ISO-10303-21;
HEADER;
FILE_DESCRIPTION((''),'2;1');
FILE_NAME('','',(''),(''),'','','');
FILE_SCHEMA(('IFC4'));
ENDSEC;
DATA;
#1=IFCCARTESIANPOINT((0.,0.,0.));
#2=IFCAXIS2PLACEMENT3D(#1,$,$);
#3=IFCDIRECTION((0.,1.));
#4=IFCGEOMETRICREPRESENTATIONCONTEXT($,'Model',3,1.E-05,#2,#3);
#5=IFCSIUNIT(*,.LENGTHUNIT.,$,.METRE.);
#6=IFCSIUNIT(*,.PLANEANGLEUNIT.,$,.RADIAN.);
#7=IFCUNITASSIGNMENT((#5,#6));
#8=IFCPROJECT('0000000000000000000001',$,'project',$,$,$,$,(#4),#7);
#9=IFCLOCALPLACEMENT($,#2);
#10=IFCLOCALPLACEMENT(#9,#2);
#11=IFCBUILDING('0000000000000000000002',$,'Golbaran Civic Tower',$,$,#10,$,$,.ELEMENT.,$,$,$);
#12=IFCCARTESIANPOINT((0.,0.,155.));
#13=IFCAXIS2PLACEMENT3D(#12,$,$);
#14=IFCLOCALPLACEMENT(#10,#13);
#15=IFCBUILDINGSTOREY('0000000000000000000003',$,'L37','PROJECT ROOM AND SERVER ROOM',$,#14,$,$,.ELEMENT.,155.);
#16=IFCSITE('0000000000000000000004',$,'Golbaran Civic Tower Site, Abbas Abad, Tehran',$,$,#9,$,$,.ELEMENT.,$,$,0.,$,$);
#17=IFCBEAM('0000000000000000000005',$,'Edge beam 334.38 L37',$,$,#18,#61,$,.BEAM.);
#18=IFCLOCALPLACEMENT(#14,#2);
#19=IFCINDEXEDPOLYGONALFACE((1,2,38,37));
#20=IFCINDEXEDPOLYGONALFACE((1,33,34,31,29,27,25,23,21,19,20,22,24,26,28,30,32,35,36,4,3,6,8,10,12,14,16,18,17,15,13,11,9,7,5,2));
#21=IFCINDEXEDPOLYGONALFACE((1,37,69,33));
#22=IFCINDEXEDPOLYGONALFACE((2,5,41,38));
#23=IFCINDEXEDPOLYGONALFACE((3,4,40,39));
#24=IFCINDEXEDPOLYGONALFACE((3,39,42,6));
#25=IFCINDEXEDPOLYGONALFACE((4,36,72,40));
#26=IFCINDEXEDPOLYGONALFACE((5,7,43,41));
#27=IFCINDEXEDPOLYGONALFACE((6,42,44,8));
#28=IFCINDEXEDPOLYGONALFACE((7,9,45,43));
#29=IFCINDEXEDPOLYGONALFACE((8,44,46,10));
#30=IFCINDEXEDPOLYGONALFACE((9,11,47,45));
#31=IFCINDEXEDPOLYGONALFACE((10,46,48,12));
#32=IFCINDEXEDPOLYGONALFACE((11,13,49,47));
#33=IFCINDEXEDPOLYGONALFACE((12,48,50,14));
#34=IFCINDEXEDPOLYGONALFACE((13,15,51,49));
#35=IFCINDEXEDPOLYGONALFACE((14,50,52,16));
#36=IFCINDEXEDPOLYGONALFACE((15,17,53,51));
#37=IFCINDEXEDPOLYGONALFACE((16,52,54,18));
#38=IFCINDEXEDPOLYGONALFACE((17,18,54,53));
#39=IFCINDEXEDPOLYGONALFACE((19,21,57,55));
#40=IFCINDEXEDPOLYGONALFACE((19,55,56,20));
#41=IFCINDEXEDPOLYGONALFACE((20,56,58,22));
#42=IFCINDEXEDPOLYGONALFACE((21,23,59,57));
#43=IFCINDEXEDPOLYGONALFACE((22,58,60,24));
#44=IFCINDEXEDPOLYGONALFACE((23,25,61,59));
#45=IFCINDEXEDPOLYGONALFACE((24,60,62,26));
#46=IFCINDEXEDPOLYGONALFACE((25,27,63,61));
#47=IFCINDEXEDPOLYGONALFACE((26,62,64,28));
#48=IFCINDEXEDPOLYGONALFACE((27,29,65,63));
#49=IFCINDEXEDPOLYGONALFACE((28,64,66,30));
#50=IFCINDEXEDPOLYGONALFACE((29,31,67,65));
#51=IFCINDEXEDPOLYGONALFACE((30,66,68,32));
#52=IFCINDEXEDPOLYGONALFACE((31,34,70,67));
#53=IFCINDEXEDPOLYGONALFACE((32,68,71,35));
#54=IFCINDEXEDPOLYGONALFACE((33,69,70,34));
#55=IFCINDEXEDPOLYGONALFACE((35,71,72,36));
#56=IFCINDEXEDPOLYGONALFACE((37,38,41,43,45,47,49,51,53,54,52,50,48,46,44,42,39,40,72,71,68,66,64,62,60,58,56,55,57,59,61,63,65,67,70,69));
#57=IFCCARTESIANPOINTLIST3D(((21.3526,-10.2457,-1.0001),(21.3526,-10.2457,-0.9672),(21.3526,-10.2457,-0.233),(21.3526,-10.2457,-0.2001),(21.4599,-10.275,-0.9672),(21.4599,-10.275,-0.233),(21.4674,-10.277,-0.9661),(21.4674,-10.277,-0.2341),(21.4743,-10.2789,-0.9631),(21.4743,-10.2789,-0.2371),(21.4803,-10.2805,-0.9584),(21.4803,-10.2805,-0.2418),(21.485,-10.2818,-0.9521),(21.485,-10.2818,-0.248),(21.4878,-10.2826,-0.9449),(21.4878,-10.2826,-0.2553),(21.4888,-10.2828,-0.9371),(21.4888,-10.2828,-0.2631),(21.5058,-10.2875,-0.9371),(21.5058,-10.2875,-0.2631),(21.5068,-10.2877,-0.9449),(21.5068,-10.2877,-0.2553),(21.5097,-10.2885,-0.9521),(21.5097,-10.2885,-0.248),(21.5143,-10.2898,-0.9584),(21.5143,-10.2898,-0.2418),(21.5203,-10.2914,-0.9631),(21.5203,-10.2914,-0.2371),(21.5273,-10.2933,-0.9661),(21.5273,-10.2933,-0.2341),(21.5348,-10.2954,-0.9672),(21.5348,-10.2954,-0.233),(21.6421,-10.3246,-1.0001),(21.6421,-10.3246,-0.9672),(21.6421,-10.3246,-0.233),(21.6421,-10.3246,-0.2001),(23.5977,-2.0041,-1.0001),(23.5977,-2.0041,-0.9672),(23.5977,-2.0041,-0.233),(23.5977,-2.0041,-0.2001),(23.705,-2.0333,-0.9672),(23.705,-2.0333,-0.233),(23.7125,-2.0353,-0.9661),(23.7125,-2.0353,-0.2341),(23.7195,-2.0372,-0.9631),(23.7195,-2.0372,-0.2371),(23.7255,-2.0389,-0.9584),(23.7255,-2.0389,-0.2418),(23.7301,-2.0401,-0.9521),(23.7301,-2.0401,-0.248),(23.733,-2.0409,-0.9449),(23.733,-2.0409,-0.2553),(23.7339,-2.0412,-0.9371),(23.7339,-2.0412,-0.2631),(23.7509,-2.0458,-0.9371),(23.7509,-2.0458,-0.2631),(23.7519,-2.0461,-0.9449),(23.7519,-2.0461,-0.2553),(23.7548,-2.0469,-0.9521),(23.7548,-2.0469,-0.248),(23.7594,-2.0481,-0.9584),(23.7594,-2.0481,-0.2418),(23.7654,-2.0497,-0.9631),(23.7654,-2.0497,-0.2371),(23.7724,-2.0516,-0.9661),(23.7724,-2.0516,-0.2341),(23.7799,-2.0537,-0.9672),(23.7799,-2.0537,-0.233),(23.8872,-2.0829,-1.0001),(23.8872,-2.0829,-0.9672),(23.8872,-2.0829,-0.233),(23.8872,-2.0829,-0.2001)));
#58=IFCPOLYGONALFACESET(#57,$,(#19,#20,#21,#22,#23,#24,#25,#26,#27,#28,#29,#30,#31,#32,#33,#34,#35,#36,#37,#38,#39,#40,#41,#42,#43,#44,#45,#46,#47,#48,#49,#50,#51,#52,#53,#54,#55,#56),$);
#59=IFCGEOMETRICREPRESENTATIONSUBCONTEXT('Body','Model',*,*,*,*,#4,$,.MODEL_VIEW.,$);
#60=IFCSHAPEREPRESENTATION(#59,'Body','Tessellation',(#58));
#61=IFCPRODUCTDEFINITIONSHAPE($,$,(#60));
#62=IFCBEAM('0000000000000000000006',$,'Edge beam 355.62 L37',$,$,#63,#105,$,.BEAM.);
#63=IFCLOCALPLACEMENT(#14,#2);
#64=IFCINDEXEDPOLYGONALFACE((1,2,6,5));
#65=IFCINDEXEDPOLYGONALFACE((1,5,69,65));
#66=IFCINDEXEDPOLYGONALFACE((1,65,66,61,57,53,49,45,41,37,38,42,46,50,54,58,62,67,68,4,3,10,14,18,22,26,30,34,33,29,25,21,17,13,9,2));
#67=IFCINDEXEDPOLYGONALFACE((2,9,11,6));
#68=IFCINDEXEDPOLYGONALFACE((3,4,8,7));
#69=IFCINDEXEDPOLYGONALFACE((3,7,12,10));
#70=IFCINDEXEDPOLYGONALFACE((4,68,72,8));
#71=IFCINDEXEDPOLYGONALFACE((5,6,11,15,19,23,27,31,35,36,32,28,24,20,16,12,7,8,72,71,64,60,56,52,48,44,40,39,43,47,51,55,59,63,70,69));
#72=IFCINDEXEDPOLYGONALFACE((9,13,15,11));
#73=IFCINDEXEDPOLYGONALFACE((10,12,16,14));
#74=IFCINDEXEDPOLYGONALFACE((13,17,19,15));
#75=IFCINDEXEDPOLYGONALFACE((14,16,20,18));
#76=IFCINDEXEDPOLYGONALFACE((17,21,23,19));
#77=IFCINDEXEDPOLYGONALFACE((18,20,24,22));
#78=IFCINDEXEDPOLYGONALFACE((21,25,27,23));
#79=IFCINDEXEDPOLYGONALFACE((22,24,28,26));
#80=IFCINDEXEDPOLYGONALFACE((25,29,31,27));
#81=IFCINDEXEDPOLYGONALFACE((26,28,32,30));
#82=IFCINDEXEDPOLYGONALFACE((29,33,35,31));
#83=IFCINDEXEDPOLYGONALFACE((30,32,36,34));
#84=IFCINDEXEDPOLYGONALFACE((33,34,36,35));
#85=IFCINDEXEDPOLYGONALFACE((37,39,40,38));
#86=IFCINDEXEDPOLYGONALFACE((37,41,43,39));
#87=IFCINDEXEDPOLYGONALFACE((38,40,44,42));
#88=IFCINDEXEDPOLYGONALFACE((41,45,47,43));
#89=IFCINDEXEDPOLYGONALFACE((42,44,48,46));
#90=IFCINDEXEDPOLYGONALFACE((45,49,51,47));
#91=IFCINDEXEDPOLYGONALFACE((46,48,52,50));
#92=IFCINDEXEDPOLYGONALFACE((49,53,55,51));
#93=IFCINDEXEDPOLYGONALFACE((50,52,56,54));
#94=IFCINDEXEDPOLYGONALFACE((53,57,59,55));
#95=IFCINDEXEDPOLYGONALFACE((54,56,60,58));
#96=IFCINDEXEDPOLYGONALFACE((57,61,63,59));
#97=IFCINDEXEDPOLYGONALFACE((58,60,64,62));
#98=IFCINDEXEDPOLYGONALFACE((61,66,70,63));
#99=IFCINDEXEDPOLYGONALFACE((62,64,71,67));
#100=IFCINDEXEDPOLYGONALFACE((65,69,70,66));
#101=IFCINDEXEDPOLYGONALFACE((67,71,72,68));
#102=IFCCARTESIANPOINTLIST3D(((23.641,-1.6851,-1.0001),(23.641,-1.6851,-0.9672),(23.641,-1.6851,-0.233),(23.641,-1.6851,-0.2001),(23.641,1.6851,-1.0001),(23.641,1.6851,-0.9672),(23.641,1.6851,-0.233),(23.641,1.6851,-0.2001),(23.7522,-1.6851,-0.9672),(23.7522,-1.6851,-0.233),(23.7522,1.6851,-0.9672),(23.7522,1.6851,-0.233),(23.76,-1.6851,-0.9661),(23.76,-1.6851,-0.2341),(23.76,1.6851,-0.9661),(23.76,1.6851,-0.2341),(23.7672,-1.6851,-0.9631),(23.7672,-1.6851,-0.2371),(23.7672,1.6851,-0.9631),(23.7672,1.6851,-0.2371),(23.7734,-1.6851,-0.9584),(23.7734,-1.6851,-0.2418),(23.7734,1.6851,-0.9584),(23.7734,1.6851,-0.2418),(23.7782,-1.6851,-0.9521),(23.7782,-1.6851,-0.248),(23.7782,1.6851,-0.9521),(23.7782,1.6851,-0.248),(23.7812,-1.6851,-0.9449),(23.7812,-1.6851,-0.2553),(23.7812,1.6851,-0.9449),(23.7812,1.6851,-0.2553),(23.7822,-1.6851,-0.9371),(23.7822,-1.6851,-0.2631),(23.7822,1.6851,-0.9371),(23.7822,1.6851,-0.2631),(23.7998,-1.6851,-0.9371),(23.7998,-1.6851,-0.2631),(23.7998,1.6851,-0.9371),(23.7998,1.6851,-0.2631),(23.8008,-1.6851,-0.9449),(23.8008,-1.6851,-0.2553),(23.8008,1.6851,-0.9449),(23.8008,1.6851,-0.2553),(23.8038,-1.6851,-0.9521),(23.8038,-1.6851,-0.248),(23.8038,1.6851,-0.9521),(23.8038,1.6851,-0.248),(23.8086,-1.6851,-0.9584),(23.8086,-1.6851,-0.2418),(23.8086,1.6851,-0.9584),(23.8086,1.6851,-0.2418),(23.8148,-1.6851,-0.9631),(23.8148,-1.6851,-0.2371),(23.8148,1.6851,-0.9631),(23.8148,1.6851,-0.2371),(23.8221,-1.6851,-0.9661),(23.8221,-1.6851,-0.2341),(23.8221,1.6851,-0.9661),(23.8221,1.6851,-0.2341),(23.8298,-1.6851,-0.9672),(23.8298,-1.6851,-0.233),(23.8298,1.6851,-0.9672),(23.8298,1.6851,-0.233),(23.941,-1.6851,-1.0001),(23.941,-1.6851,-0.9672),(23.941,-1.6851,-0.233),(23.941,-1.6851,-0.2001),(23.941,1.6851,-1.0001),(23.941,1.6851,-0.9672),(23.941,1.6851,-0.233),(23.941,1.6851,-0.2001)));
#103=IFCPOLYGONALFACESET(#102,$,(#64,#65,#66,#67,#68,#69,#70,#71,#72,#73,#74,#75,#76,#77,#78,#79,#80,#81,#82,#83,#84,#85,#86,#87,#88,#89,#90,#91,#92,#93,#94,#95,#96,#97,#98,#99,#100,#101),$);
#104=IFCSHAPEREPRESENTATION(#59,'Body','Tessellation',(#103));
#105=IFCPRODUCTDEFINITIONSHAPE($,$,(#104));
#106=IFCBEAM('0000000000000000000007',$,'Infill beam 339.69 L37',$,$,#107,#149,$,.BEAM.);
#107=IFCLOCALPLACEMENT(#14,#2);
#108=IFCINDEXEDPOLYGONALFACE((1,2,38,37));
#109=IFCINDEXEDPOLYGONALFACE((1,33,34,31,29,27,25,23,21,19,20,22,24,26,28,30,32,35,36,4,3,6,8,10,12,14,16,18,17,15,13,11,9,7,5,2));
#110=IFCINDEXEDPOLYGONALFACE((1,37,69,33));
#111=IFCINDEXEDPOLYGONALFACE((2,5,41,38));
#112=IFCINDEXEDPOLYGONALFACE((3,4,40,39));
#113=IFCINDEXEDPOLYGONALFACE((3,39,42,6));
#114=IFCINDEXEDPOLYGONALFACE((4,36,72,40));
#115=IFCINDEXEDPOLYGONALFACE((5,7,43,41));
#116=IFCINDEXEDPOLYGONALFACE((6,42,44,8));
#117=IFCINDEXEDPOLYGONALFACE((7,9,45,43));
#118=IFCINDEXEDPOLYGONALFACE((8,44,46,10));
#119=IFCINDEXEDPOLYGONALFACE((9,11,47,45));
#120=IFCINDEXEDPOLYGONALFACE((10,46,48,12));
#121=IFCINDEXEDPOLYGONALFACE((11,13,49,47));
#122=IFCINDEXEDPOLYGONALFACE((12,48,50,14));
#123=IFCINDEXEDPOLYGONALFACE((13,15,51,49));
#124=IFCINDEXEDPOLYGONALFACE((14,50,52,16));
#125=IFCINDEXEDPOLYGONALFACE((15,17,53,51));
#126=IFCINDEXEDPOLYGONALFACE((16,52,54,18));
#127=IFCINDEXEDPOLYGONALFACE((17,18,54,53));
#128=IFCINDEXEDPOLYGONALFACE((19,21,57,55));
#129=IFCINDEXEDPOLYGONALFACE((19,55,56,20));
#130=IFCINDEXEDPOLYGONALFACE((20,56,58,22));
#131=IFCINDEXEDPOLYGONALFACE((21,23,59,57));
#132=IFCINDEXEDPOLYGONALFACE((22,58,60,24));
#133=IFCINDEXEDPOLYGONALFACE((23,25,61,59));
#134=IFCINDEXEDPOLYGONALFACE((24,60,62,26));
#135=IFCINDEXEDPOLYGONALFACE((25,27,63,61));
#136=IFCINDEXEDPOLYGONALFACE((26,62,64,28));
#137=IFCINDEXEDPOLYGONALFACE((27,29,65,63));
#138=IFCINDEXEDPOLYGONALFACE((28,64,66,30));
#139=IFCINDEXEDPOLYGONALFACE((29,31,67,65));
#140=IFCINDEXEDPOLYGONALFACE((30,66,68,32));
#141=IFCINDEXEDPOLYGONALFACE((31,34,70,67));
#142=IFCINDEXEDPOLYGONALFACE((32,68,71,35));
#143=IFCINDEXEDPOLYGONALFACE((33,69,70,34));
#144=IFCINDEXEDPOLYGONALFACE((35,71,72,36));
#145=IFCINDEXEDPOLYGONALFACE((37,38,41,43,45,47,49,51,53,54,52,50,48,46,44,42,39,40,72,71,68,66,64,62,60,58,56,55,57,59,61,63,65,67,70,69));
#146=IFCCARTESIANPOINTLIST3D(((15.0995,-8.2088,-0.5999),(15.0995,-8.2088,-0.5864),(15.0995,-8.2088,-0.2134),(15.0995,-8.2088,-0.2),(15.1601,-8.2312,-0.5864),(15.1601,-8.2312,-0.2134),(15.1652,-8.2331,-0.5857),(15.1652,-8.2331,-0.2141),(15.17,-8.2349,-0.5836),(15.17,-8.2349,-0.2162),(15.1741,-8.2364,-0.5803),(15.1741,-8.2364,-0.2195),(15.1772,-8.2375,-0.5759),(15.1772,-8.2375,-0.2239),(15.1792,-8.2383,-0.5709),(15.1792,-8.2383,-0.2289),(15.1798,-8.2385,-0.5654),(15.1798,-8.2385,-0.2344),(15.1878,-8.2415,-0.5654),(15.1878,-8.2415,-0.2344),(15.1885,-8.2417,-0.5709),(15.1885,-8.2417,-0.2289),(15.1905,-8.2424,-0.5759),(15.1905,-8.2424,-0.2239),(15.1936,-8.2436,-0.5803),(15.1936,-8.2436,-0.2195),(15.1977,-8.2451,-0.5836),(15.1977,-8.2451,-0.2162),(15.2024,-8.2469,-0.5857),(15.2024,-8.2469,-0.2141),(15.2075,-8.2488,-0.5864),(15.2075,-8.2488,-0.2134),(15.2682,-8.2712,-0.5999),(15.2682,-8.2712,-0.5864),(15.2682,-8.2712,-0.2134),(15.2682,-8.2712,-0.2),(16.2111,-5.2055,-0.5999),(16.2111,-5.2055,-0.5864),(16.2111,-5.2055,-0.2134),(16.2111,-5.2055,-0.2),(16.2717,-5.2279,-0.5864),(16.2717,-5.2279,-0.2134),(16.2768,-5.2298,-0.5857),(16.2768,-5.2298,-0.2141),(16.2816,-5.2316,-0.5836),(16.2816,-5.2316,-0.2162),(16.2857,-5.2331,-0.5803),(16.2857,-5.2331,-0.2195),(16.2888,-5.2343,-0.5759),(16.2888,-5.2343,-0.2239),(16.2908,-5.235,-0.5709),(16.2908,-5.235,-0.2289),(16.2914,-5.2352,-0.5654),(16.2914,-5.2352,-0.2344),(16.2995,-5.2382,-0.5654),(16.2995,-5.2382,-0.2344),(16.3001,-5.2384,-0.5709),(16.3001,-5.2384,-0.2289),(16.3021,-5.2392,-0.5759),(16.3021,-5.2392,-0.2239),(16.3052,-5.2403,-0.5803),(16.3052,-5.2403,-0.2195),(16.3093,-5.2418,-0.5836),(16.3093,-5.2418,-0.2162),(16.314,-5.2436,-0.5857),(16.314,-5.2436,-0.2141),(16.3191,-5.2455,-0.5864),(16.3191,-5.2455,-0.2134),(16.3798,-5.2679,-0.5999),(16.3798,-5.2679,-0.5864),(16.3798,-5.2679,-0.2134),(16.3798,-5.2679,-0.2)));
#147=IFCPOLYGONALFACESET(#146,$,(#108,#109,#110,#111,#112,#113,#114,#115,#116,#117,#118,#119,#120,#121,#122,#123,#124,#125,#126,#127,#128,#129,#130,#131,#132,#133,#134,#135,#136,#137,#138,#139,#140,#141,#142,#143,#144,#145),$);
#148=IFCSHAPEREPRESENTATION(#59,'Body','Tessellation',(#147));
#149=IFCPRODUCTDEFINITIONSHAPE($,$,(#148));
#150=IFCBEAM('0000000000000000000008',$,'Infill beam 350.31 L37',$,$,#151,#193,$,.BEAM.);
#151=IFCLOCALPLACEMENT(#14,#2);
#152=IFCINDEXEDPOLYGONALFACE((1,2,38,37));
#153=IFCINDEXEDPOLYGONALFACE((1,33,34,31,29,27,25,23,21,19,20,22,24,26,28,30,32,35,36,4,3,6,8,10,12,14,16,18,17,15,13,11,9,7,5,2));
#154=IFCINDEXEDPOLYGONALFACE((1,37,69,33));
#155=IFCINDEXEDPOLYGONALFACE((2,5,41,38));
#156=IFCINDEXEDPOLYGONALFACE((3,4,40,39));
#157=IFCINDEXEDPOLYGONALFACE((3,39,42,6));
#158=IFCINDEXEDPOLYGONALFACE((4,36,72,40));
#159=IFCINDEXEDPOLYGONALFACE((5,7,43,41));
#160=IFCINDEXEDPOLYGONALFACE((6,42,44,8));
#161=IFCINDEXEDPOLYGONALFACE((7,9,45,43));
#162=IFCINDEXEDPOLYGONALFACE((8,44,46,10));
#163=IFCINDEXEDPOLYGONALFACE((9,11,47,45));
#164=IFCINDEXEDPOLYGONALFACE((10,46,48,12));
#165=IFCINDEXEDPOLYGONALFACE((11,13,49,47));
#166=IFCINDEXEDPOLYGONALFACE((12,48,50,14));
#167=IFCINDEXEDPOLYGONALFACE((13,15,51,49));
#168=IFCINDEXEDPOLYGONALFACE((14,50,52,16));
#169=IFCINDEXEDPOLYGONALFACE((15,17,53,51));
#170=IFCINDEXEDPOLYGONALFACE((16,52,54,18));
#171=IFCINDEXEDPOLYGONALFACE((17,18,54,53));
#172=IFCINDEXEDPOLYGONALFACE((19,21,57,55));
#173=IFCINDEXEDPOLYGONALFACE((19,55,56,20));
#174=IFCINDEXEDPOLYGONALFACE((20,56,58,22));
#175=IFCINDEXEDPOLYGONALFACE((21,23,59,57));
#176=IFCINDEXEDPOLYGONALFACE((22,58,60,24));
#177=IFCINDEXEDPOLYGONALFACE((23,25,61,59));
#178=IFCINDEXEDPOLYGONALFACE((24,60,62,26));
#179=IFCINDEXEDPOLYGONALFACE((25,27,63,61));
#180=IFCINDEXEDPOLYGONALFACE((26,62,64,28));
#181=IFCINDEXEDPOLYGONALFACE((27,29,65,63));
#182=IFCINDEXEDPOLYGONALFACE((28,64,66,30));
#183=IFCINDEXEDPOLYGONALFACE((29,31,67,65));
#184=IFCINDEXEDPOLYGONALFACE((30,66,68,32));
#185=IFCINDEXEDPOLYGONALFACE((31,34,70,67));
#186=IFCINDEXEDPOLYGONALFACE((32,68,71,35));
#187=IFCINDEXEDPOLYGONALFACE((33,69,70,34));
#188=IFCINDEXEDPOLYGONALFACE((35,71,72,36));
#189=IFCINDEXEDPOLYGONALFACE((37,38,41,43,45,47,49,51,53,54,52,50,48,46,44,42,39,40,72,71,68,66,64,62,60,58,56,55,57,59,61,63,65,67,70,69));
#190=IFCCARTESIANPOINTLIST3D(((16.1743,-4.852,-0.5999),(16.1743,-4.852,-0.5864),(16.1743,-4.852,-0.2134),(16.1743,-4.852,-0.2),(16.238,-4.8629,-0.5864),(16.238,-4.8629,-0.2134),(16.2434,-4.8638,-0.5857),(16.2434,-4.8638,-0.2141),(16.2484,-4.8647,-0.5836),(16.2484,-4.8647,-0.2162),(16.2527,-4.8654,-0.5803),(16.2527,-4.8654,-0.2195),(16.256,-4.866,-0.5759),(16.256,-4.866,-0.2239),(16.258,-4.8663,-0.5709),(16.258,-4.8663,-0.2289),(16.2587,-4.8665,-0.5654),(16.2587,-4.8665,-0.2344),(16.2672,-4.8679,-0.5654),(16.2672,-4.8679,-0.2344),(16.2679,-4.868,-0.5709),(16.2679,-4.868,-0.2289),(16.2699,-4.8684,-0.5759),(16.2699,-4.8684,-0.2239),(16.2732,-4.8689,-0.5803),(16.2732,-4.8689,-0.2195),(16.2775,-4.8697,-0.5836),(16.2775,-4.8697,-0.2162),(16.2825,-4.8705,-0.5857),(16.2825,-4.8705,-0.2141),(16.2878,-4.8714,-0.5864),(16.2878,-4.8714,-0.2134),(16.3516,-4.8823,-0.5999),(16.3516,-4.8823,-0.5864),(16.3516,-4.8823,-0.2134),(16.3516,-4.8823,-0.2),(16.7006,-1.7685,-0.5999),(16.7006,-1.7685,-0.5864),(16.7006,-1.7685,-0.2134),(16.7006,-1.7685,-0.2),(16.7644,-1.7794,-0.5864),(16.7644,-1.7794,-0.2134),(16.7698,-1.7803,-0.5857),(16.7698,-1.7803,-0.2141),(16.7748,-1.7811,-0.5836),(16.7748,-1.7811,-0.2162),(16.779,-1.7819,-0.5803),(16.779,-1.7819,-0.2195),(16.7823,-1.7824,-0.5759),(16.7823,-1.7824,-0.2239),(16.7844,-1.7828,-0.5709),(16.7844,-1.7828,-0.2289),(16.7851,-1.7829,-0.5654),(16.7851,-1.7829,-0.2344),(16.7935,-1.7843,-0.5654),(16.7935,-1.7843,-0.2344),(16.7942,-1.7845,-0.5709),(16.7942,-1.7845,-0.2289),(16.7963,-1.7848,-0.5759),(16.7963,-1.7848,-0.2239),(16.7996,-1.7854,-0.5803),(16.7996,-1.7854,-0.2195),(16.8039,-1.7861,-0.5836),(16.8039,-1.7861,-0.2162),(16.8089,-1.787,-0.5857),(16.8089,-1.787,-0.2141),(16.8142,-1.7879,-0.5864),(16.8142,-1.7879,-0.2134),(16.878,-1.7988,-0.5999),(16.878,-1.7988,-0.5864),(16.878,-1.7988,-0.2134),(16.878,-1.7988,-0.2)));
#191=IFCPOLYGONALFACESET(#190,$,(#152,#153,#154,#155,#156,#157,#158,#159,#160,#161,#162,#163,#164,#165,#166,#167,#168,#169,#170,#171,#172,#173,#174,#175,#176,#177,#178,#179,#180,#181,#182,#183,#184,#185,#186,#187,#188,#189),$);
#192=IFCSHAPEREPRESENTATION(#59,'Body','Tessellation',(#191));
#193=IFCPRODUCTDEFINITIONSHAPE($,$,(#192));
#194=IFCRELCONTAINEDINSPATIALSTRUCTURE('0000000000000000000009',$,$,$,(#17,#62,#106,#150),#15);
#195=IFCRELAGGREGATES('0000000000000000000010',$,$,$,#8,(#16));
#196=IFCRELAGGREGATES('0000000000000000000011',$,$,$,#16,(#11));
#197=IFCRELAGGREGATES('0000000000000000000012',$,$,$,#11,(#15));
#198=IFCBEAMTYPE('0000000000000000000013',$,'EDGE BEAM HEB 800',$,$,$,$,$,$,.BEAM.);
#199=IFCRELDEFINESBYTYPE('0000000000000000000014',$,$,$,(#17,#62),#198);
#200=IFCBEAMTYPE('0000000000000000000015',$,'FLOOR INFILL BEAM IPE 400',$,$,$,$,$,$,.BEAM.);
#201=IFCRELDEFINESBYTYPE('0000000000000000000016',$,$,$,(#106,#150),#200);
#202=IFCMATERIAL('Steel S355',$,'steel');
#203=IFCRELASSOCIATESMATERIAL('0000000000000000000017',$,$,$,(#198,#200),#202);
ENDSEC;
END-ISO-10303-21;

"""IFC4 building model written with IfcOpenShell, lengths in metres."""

from ifc_helpers import new_model, si_unit, direction, frame, origin, origin_2d, place, context, subcontext, project, spatial, i_section, extrude, material, material_profile, profile_set, type_object, element, save


model = new_model("IFC4")

# Units and contexts
model_context = context("Model", 3, precision=1e-05, world=origin(), true_north=direction((0.0, 1.0)))
body_context = subcontext(model_context, "Body", "Model", "MODEL_VIEW")
ifc_project = project(units=[si_unit("LENGTHUNIT", "METRE"), si_unit("PLANEANGLEUNIT", "RADIAN")], contexts=[model_context])

# Site, building, storey
site_placement = place(None, origin())
site = spatial("IfcSite", under=ifc_project, at=site_placement, Name="Golbaran Civic Tower Site, Abbas Abad, Tehran", CompositionType="ELEMENT", RefElevation=0.0)
building_placement = place(site_placement, origin())
building = spatial("IfcBuilding", under=site, at=building_placement, Name="Golbaran Civic Tower", CompositionType="ELEMENT")
storey_placement = place(building_placement, frame((0.0, 0.0, 155.0)))
storey = spatial("IfcBuildingStorey", under=building, at=storey_placement, Name="L37", Description="PROJECT ROOM AND SERVER ROOM", CompositionType="ELEMENT", Elevation=155.0)

# Beams
ifc_material_1 = material(Name="Steel S355", Category="steel")
ifc_material_profile_1 = material_profile(ifc_material_1, i_section(OverallWidth=0.3, OverallDepth=0.8, WebThickness=0.0176, FlangeThickness=0.033, FilletRadius=0.03, at=origin_2d()), Name="HEB 800")
ifc_profile_set_1 = profile_set([ifc_material_profile_1], Name="Steel S355")
beam_type_1 = type_object("IfcBeamType", Name="EDGE BEAM HEB 800", PredefinedType="BEAM", material=ifc_profile_set_1)
beam_1_placement = place(storey_placement, frame((21.4973, -10.2852, -0.6001), z_axis=(0.262832, 0.964842, 0.0), x_axis=(-0.964842, 0.262832, 0.0)))
element("IfcBeam", 1, at=beam_1_placement, inside=storey, type_object=beam_type_1, Name="Edge beam 334.38 L37", PredefinedType="BEAM", context=body_context, shape_type="SweptSolid", body=[
    extrude(i_section(OverallWidth=0.3, OverallDepth=0.8, WebThickness=0.0176, FlangeThickness=0.033, FilletRadius=0.03, at=origin_2d()), origin(), (0.0, 0.0, 1.0), 8.542),
])
beam_2_placement = place(storey_placement, frame((23.791, -1.6851, -0.6001), z_axis=(0.0, 1.0, 0.0), x_axis=(-1.0, 0.0, 0.0)))
element("IfcBeam", 2, at=beam_2_placement, inside=storey, type_object=beam_type_1, Name="Edge beam 355.62 L37", PredefinedType="BEAM", context=body_context, shape_type="SweptSolid", body=[
    extrude(i_section(OverallWidth=0.3, OverallDepth=0.8, WebThickness=0.0176, FlangeThickness=0.033, FilletRadius=0.03, at=origin_2d()), origin(), (0.0, 0.0, 1.0), 3.3701),
])
ifc_material_profile_2 = material_profile(ifc_material_1, i_section(OverallWidth=0.1799, OverallDepth=0.3999, WebThickness=0.0085, FlangeThickness=0.0134, FilletRadius=0.021, at=origin_2d()), Name="IPE 400")
ifc_profile_set_2 = profile_set([ifc_material_profile_2], Name="Steel S355")
beam_type_2 = type_object("IfcBeamType", Name="FLOOR INFILL BEAM IPE 400", PredefinedType="BEAM", material=ifc_profile_set_2)
beam_3_placement = place(storey_placement, frame((15.1838, -8.24, -0.3999), z_axis=(0.347118, 0.937821, 0.0), x_axis=(-0.937821, 0.347118, 0.0)))
element("IfcBeam", 3, at=beam_3_placement, inside=storey, type_object=beam_type_2, Name="Infill beam 339.69 L37", PredefinedType="BEAM", context=body_context, shape_type="SweptSolid", body=[
    extrude(i_section(OverallWidth=0.1799, OverallDepth=0.3999, WebThickness=0.0085, FlangeThickness=0.0134, FilletRadius=0.021, at=origin_2d()), origin(), (0.0, 0.0, 1.0), 3.2024),
])
beam_4_placement = place(storey_placement, frame((16.2629, -4.8672, -0.3999), z_axis=(0.168271, 0.985741, 0.0), x_axis=(-0.985741, 0.168271, 0.0)))
element("IfcBeam", 4, at=beam_4_placement, inside=storey, type_object=beam_type_2, Name="Infill beam 350.31 L37", PredefinedType="BEAM", context=body_context, shape_type="SweptSolid", body=[
    extrude(i_section(OverallWidth=0.1799, OverallDepth=0.3999, WebThickness=0.0085, FlangeThickness=0.0134, FilletRadius=0.021, at=origin_2d()), origin(), (0.0, 0.0, 1.0), 3.1282),
])

save(model, "model.ifc")
